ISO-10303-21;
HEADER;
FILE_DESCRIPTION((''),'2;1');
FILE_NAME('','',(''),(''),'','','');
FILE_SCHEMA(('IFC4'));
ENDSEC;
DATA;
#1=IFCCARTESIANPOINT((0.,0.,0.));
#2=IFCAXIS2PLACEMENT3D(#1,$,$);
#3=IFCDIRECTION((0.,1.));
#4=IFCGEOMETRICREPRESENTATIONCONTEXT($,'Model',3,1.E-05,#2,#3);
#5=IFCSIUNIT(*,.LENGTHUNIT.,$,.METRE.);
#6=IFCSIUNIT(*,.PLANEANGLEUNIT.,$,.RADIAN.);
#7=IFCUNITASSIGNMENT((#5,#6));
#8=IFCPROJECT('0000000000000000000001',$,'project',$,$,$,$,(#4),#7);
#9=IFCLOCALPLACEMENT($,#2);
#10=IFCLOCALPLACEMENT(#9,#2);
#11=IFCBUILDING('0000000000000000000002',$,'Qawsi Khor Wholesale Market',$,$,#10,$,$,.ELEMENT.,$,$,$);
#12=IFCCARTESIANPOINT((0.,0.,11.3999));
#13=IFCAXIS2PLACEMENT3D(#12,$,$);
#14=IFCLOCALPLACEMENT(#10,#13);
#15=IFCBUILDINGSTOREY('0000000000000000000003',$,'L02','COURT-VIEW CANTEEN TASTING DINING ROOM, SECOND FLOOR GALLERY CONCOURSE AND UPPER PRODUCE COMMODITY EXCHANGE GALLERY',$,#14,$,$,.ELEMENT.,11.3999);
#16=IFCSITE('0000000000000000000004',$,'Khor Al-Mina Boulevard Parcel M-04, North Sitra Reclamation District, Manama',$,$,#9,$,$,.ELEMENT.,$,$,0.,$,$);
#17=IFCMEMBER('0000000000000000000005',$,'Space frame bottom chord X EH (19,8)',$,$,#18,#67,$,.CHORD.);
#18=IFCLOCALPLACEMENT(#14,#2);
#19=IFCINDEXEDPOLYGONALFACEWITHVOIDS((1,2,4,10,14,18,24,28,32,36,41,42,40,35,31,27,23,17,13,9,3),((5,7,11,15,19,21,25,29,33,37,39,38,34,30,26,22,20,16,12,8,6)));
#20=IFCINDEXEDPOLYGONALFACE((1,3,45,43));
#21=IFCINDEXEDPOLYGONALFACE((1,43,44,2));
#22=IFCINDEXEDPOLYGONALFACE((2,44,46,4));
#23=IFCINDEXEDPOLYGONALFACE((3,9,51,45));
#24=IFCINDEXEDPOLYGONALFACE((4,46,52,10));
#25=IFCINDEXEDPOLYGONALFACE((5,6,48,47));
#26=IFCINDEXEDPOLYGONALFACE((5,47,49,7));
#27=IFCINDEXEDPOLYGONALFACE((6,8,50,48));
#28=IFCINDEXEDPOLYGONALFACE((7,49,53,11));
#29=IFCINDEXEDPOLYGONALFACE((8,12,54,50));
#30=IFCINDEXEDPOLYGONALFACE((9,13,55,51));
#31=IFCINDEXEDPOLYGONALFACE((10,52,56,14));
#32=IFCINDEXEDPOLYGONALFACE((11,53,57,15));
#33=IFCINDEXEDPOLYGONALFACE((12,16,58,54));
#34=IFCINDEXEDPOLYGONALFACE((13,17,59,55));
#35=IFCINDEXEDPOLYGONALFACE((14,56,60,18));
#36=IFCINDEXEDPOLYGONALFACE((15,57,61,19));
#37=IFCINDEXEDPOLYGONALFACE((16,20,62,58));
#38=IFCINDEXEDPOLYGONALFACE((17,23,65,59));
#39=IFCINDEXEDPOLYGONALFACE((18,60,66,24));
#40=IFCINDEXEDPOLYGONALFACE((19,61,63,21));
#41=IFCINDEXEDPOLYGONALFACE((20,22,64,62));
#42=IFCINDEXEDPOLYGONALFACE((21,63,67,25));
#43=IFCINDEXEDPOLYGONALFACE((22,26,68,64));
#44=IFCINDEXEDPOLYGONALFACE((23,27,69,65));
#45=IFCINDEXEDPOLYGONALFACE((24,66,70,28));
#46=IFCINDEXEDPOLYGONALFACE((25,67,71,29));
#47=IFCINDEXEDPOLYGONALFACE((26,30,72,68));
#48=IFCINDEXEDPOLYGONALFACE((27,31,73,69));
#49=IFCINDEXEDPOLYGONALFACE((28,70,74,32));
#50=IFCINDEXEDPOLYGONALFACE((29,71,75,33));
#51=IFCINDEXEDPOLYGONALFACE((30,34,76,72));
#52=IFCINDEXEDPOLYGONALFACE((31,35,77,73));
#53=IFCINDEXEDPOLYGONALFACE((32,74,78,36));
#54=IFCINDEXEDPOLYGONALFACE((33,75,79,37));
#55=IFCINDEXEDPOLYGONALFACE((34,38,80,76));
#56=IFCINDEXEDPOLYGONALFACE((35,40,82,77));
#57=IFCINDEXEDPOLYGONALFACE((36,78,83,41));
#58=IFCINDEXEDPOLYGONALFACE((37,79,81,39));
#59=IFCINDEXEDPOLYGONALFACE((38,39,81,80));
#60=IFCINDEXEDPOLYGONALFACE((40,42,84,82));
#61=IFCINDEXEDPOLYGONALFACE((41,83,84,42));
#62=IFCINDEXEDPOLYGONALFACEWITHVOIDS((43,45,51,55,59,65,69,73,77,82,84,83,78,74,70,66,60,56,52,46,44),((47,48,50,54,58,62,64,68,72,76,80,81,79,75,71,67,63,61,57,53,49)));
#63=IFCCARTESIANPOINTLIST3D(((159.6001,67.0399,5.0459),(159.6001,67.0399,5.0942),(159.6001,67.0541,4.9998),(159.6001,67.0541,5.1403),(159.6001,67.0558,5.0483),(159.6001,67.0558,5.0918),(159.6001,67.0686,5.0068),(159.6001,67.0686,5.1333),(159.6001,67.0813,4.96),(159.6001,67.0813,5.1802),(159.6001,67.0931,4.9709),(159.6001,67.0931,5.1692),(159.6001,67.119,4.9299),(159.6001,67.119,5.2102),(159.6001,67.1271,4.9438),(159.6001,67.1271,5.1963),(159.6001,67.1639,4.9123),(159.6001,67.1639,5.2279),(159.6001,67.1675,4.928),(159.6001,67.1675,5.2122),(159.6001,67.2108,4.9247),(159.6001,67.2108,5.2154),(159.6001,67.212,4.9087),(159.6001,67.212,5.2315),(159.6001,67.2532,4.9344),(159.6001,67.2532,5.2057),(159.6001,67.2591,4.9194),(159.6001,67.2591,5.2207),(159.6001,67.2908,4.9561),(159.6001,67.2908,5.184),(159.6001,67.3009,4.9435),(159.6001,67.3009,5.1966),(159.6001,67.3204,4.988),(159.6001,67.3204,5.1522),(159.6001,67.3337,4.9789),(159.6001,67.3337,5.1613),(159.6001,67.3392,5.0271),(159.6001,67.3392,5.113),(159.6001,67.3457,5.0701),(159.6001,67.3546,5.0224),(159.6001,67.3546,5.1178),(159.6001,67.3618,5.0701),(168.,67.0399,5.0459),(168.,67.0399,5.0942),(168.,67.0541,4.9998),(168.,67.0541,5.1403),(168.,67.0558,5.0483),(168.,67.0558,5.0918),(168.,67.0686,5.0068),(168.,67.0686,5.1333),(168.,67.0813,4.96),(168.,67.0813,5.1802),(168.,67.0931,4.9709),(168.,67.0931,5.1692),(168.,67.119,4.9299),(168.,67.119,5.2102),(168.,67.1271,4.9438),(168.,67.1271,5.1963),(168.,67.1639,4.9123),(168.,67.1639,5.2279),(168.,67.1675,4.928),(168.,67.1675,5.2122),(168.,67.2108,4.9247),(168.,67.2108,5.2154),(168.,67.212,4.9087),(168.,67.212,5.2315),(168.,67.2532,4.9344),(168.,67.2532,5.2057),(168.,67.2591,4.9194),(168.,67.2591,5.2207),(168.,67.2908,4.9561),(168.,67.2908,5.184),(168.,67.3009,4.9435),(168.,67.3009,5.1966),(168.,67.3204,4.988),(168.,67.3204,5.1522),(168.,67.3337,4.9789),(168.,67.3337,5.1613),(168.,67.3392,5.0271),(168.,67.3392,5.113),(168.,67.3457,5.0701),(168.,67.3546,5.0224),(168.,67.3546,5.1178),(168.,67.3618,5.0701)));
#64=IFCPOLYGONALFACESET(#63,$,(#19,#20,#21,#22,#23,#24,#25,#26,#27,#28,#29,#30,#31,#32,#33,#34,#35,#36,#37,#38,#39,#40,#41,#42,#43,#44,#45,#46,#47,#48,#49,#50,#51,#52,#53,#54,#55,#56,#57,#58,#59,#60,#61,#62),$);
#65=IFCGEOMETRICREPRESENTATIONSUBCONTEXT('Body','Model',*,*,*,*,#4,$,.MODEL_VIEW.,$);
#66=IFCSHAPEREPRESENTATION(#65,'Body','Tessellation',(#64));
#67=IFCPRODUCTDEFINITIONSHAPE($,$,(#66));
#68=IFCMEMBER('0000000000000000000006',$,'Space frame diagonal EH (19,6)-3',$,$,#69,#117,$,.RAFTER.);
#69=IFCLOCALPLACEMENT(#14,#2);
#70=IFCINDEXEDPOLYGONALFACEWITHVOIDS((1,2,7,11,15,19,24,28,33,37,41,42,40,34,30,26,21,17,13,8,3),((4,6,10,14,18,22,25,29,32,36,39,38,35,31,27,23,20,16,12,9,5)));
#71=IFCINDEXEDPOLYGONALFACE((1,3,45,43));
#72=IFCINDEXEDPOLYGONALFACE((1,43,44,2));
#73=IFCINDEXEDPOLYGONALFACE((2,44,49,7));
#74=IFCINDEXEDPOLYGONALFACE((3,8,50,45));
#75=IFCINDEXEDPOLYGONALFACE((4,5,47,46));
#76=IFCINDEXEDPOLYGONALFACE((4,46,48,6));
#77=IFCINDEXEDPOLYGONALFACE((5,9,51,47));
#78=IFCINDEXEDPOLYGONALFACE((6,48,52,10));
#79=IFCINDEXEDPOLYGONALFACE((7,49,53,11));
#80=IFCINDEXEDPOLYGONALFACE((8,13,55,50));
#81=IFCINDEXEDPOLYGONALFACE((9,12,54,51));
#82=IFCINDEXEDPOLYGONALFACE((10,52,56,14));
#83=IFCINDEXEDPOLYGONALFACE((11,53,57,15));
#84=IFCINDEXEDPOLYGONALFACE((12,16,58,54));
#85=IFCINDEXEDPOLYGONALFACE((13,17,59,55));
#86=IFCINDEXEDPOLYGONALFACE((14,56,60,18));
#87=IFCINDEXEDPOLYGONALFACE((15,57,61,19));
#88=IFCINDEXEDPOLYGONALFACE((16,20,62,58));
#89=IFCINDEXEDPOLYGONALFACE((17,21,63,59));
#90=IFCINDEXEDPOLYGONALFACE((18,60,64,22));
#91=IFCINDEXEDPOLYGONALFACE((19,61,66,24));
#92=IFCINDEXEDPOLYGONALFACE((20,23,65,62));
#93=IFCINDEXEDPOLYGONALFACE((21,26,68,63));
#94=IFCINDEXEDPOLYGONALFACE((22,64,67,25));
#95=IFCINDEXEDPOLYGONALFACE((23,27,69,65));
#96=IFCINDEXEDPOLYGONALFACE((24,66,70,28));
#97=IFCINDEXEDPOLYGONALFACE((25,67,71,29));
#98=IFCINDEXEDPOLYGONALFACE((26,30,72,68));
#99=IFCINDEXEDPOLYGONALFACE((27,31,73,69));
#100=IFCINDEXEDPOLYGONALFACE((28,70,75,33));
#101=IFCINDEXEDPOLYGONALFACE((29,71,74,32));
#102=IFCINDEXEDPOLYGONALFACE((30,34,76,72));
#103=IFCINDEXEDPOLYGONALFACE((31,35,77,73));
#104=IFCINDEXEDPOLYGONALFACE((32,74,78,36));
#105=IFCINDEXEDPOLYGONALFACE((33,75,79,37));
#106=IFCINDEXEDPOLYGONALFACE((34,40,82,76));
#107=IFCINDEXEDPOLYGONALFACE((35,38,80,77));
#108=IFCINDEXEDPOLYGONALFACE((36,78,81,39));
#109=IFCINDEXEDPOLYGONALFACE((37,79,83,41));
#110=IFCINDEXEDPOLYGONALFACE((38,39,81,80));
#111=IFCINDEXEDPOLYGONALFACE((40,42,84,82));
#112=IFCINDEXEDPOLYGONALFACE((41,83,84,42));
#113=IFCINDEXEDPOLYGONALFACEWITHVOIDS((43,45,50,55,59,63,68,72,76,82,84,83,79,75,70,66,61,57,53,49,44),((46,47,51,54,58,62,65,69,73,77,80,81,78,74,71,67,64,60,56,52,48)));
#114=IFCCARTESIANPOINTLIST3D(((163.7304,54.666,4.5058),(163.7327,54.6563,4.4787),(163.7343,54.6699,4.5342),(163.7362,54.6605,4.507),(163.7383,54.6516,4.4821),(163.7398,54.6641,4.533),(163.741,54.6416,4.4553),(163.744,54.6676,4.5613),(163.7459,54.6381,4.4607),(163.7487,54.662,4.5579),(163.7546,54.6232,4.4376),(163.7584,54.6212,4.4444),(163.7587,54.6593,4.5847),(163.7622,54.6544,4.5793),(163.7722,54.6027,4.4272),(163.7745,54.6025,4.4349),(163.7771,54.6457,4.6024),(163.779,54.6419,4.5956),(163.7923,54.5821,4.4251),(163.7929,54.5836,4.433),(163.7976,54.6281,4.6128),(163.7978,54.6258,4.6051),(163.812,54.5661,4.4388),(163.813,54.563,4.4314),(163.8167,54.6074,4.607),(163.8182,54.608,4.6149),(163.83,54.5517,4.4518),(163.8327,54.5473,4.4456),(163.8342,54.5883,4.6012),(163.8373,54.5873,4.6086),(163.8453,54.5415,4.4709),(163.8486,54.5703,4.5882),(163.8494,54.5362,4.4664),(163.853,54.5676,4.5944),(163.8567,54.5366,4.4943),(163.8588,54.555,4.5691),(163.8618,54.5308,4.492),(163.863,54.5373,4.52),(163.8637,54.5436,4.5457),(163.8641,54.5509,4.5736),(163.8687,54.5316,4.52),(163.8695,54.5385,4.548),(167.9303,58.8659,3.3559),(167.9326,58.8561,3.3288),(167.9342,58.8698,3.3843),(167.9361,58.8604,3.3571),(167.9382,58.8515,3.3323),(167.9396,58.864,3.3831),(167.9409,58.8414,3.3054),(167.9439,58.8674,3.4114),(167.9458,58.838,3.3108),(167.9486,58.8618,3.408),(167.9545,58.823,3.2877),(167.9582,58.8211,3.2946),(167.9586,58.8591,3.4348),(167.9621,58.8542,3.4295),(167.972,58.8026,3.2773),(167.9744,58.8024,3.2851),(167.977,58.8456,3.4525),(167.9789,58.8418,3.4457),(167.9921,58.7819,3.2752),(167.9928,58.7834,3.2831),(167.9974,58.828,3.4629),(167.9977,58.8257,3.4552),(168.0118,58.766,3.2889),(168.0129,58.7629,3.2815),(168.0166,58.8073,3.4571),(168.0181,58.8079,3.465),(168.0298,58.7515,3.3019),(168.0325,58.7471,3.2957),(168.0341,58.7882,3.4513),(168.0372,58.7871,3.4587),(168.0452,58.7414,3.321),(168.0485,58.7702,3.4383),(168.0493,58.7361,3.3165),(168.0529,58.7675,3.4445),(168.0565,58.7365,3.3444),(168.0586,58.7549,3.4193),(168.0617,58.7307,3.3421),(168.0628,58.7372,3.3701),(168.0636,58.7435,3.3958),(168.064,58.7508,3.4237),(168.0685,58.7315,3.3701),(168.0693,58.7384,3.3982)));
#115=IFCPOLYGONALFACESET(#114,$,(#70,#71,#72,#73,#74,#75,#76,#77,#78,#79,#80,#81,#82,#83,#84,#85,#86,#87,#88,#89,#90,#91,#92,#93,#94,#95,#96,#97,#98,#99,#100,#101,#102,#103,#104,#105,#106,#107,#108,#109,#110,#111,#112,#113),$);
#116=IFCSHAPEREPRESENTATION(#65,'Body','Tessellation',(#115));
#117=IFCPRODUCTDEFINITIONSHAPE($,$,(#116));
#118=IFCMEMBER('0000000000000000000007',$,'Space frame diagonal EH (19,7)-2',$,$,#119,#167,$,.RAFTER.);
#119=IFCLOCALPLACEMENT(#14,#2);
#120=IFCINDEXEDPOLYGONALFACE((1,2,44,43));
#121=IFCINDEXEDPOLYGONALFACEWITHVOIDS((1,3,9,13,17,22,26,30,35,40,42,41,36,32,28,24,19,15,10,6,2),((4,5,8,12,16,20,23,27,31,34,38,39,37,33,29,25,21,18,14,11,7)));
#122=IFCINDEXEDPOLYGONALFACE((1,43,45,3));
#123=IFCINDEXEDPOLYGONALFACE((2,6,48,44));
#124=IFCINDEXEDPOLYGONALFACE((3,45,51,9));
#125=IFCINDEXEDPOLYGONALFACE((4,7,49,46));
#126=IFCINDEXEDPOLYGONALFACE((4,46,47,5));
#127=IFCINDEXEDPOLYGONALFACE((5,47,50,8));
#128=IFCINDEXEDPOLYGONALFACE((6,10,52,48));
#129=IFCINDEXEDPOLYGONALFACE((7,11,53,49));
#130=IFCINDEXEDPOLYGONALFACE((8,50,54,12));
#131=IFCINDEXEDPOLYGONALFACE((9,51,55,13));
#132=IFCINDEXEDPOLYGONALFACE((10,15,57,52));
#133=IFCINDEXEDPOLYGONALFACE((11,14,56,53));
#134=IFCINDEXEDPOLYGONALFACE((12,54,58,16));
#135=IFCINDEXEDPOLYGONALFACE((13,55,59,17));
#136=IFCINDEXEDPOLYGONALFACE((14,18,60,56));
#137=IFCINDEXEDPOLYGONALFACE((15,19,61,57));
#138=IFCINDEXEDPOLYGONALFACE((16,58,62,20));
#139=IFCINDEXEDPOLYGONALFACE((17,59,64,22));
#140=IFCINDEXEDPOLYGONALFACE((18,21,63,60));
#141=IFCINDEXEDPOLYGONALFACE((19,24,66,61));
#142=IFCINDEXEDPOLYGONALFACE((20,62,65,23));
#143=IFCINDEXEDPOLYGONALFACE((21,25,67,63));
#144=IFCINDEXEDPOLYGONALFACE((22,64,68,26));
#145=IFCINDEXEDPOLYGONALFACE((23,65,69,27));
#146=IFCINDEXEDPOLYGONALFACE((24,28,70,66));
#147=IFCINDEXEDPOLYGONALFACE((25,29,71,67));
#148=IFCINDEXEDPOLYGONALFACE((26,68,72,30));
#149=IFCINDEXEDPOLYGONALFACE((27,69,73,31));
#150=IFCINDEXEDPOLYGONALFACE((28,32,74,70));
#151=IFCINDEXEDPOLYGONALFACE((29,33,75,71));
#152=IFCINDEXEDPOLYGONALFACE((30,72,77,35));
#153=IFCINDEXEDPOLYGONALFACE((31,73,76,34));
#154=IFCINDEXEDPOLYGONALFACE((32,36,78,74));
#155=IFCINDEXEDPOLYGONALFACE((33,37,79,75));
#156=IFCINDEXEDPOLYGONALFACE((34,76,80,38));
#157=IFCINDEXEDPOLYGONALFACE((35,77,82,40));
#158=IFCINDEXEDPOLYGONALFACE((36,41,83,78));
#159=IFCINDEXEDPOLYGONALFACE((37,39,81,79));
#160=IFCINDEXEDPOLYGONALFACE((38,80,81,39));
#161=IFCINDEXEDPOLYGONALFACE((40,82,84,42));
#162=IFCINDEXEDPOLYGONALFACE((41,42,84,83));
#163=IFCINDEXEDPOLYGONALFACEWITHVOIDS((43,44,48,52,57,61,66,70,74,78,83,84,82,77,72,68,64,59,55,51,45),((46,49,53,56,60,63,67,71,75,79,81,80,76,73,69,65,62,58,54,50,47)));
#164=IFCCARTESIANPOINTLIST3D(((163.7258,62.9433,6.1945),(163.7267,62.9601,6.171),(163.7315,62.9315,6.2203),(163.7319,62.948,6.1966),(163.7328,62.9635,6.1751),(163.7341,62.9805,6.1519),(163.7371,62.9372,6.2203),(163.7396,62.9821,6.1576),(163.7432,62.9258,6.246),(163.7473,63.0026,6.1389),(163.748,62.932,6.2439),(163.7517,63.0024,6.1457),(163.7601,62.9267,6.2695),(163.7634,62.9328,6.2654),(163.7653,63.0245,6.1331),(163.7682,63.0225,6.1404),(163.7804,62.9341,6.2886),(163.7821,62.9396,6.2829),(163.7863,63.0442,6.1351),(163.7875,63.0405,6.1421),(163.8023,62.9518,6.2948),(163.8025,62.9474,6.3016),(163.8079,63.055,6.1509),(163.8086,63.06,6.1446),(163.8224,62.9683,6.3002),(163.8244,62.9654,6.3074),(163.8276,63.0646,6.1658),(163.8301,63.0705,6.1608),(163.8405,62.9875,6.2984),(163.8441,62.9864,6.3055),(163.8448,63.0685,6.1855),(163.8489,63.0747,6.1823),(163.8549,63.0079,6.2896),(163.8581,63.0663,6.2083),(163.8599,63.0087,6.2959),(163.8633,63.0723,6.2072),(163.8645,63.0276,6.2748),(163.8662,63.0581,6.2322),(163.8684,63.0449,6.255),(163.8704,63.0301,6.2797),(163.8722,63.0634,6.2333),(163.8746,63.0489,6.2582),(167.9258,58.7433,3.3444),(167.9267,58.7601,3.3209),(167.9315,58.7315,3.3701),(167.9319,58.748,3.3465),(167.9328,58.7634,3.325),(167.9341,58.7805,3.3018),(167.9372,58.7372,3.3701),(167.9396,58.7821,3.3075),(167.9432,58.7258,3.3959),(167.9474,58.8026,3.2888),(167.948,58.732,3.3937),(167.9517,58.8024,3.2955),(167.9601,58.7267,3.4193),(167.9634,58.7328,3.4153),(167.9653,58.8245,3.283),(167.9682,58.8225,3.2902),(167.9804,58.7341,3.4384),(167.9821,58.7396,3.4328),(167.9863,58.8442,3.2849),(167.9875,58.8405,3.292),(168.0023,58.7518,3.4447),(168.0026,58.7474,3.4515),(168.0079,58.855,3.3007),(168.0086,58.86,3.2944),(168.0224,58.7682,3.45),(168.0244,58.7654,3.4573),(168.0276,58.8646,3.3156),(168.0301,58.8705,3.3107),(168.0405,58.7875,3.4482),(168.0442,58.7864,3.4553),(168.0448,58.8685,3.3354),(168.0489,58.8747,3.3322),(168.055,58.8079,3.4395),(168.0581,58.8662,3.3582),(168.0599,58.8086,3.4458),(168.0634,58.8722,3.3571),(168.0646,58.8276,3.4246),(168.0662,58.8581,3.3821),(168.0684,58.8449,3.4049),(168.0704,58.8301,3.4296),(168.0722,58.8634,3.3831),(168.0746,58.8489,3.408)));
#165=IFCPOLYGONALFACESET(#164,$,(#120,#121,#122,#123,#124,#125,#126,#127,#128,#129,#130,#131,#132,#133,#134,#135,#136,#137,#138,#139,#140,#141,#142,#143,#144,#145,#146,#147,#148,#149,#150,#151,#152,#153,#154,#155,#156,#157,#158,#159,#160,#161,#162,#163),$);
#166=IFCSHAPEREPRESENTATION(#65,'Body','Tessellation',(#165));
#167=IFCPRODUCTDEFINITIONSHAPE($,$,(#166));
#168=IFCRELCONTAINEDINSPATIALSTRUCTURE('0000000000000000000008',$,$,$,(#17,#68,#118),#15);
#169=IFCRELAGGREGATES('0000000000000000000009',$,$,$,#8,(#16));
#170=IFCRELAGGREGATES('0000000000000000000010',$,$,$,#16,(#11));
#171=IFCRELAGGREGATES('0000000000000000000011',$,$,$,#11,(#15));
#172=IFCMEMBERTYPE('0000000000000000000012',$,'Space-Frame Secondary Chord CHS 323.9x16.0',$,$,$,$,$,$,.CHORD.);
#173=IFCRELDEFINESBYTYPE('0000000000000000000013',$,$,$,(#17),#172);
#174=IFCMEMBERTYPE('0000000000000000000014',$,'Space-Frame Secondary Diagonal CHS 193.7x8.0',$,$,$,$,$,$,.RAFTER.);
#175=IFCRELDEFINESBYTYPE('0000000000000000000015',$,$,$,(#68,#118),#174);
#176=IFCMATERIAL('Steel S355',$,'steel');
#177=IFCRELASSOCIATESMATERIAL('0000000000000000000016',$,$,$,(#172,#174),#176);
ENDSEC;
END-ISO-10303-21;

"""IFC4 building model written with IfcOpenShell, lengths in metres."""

from ifc_helpers import new_model, si_unit, direction, frame, origin, origin_2d, place, context, subcontext, project, spatial, hollow_circle, extrude, material, material_profile, profile_set, type_object, element, save


model = new_model("IFC4")

# Units and contexts
model_context = context("Model", 3, precision=1e-05, world=origin(), true_north=direction((0.0, 1.0)))
body_context = subcontext(model_context, "Body", "Model", "MODEL_VIEW")
ifc_project = project(units=[si_unit("LENGTHUNIT", "METRE"), si_unit("PLANEANGLEUNIT", "RADIAN")], contexts=[model_context])

# Site, building, storey
site_placement = place(None, origin())
site = spatial("IfcSite", under=ifc_project, at=site_placement, Name="Khor Al-Mina Boulevard Parcel M-04, North Sitra Reclamation District, Manama", CompositionType="ELEMENT", RefElevation=0.0)
building_placement = place(site_placement, origin())
building = spatial("IfcBuilding", under=site, at=building_placement, Name="Qawsi Khor Wholesale Market", CompositionType="ELEMENT")
storey_placement = place(building_placement, frame((0.0, 0.0, 11.3999)))
storey = spatial("IfcBuildingStorey", under=building, at=storey_placement, Name="L02", Description="COURT-VIEW CANTEEN TASTING DINING ROOM, SECOND FLOOR GALLERY CONCOURSE AND UPPER PRODUCE COMMODITY EXCHANGE GALLERY", CompositionType="ELEMENT", Elevation=11.3999)

# Members
ifc_material_1 = material(Name="Steel S355", Category="steel")
ifc_material_profile_1 = material_profile(ifc_material_1, hollow_circle(Radius=0.1619, WallThickness=0.0161, at=origin_2d()), Name="CHS 323.9x16.0")
ifc_profile_set_1 = profile_set([ifc_material_profile_1], Name="Steel S355")
member_type_1 = type_object("IfcMemberType", Name="Space-Frame Secondary Chord CHS 323.9x16.0", PredefinedType="CHORD", material=ifc_profile_set_1)
member_1_placement = place(storey_placement, frame((159.6001, 67.2, 5.0701), z_axis=(1.0, 0.0, 0.0), x_axis=(0.0, 1.0, 0.0)))
element("IfcMember", 1, at=member_1_placement, inside=storey, type_object=member_type_1, Name="Space frame bottom chord X EH (19,8)", PredefinedType="CHORD", context=body_context, shape_type="SweptSolid", body=[
    extrude(hollow_circle(Radius=0.1619, WallThickness=0.0161, at=origin_2d()), origin(), (0.0, 0.0, 1.0), 8.3999),
])
ifc_material_profile_2 = material_profile(ifc_material_1, hollow_circle(Radius=0.0969, WallThickness=0.0081, at=origin_2d()), Name="CHS 193.7x8.0")
ifc_profile_set_2 = profile_set([ifc_material_profile_2], Name="Steel S355")
member_type_2 = type_object("IfcMemberType", Name="Space-Frame Secondary Diagonal CHS 193.7x8.0", PredefinedType="RAFTER", material=ifc_profile_set_2)
member_2_placement = place(storey_placement, frame((168.0, 58.8, 3.3701), z_axis=(-0.694217, -0.694217, 0.190069), x_axis=(0.707107, -0.707107, 0.0)))
element("IfcMember", 2, at=member_2_placement, inside=storey, type_object=member_type_2, Name="Space frame diagonal EH (19,6)-3", PredefinedType="RAFTER", context=body_context, shape_type="SweptSolid", body=[
    extrude(hollow_circle(Radius=0.0969, WallThickness=0.0081, at=origin_2d()), origin(), (0.0, 0.0, 1.0), 6.0498),
])
member_3_placement = place(storey_placement, frame((168.0, 58.8, 3.3701), z_axis=(-0.637512, 0.637512, 0.432617), x_axis=(-0.707107, -0.707107, 0.0)))
element("IfcMember", 3, at=member_3_placement, inside=storey, type_object=member_type_2, Name="Space frame diagonal EH (19,7)-2", PredefinedType="RAFTER", context=body_context, shape_type="SweptSolid", body=[
    extrude(hollow_circle(Radius=0.0969, WallThickness=0.0081, at=origin_2d()), origin(), (0.0, 0.0, 1.0), 6.5881),
])

save(model, "model.ifc")
